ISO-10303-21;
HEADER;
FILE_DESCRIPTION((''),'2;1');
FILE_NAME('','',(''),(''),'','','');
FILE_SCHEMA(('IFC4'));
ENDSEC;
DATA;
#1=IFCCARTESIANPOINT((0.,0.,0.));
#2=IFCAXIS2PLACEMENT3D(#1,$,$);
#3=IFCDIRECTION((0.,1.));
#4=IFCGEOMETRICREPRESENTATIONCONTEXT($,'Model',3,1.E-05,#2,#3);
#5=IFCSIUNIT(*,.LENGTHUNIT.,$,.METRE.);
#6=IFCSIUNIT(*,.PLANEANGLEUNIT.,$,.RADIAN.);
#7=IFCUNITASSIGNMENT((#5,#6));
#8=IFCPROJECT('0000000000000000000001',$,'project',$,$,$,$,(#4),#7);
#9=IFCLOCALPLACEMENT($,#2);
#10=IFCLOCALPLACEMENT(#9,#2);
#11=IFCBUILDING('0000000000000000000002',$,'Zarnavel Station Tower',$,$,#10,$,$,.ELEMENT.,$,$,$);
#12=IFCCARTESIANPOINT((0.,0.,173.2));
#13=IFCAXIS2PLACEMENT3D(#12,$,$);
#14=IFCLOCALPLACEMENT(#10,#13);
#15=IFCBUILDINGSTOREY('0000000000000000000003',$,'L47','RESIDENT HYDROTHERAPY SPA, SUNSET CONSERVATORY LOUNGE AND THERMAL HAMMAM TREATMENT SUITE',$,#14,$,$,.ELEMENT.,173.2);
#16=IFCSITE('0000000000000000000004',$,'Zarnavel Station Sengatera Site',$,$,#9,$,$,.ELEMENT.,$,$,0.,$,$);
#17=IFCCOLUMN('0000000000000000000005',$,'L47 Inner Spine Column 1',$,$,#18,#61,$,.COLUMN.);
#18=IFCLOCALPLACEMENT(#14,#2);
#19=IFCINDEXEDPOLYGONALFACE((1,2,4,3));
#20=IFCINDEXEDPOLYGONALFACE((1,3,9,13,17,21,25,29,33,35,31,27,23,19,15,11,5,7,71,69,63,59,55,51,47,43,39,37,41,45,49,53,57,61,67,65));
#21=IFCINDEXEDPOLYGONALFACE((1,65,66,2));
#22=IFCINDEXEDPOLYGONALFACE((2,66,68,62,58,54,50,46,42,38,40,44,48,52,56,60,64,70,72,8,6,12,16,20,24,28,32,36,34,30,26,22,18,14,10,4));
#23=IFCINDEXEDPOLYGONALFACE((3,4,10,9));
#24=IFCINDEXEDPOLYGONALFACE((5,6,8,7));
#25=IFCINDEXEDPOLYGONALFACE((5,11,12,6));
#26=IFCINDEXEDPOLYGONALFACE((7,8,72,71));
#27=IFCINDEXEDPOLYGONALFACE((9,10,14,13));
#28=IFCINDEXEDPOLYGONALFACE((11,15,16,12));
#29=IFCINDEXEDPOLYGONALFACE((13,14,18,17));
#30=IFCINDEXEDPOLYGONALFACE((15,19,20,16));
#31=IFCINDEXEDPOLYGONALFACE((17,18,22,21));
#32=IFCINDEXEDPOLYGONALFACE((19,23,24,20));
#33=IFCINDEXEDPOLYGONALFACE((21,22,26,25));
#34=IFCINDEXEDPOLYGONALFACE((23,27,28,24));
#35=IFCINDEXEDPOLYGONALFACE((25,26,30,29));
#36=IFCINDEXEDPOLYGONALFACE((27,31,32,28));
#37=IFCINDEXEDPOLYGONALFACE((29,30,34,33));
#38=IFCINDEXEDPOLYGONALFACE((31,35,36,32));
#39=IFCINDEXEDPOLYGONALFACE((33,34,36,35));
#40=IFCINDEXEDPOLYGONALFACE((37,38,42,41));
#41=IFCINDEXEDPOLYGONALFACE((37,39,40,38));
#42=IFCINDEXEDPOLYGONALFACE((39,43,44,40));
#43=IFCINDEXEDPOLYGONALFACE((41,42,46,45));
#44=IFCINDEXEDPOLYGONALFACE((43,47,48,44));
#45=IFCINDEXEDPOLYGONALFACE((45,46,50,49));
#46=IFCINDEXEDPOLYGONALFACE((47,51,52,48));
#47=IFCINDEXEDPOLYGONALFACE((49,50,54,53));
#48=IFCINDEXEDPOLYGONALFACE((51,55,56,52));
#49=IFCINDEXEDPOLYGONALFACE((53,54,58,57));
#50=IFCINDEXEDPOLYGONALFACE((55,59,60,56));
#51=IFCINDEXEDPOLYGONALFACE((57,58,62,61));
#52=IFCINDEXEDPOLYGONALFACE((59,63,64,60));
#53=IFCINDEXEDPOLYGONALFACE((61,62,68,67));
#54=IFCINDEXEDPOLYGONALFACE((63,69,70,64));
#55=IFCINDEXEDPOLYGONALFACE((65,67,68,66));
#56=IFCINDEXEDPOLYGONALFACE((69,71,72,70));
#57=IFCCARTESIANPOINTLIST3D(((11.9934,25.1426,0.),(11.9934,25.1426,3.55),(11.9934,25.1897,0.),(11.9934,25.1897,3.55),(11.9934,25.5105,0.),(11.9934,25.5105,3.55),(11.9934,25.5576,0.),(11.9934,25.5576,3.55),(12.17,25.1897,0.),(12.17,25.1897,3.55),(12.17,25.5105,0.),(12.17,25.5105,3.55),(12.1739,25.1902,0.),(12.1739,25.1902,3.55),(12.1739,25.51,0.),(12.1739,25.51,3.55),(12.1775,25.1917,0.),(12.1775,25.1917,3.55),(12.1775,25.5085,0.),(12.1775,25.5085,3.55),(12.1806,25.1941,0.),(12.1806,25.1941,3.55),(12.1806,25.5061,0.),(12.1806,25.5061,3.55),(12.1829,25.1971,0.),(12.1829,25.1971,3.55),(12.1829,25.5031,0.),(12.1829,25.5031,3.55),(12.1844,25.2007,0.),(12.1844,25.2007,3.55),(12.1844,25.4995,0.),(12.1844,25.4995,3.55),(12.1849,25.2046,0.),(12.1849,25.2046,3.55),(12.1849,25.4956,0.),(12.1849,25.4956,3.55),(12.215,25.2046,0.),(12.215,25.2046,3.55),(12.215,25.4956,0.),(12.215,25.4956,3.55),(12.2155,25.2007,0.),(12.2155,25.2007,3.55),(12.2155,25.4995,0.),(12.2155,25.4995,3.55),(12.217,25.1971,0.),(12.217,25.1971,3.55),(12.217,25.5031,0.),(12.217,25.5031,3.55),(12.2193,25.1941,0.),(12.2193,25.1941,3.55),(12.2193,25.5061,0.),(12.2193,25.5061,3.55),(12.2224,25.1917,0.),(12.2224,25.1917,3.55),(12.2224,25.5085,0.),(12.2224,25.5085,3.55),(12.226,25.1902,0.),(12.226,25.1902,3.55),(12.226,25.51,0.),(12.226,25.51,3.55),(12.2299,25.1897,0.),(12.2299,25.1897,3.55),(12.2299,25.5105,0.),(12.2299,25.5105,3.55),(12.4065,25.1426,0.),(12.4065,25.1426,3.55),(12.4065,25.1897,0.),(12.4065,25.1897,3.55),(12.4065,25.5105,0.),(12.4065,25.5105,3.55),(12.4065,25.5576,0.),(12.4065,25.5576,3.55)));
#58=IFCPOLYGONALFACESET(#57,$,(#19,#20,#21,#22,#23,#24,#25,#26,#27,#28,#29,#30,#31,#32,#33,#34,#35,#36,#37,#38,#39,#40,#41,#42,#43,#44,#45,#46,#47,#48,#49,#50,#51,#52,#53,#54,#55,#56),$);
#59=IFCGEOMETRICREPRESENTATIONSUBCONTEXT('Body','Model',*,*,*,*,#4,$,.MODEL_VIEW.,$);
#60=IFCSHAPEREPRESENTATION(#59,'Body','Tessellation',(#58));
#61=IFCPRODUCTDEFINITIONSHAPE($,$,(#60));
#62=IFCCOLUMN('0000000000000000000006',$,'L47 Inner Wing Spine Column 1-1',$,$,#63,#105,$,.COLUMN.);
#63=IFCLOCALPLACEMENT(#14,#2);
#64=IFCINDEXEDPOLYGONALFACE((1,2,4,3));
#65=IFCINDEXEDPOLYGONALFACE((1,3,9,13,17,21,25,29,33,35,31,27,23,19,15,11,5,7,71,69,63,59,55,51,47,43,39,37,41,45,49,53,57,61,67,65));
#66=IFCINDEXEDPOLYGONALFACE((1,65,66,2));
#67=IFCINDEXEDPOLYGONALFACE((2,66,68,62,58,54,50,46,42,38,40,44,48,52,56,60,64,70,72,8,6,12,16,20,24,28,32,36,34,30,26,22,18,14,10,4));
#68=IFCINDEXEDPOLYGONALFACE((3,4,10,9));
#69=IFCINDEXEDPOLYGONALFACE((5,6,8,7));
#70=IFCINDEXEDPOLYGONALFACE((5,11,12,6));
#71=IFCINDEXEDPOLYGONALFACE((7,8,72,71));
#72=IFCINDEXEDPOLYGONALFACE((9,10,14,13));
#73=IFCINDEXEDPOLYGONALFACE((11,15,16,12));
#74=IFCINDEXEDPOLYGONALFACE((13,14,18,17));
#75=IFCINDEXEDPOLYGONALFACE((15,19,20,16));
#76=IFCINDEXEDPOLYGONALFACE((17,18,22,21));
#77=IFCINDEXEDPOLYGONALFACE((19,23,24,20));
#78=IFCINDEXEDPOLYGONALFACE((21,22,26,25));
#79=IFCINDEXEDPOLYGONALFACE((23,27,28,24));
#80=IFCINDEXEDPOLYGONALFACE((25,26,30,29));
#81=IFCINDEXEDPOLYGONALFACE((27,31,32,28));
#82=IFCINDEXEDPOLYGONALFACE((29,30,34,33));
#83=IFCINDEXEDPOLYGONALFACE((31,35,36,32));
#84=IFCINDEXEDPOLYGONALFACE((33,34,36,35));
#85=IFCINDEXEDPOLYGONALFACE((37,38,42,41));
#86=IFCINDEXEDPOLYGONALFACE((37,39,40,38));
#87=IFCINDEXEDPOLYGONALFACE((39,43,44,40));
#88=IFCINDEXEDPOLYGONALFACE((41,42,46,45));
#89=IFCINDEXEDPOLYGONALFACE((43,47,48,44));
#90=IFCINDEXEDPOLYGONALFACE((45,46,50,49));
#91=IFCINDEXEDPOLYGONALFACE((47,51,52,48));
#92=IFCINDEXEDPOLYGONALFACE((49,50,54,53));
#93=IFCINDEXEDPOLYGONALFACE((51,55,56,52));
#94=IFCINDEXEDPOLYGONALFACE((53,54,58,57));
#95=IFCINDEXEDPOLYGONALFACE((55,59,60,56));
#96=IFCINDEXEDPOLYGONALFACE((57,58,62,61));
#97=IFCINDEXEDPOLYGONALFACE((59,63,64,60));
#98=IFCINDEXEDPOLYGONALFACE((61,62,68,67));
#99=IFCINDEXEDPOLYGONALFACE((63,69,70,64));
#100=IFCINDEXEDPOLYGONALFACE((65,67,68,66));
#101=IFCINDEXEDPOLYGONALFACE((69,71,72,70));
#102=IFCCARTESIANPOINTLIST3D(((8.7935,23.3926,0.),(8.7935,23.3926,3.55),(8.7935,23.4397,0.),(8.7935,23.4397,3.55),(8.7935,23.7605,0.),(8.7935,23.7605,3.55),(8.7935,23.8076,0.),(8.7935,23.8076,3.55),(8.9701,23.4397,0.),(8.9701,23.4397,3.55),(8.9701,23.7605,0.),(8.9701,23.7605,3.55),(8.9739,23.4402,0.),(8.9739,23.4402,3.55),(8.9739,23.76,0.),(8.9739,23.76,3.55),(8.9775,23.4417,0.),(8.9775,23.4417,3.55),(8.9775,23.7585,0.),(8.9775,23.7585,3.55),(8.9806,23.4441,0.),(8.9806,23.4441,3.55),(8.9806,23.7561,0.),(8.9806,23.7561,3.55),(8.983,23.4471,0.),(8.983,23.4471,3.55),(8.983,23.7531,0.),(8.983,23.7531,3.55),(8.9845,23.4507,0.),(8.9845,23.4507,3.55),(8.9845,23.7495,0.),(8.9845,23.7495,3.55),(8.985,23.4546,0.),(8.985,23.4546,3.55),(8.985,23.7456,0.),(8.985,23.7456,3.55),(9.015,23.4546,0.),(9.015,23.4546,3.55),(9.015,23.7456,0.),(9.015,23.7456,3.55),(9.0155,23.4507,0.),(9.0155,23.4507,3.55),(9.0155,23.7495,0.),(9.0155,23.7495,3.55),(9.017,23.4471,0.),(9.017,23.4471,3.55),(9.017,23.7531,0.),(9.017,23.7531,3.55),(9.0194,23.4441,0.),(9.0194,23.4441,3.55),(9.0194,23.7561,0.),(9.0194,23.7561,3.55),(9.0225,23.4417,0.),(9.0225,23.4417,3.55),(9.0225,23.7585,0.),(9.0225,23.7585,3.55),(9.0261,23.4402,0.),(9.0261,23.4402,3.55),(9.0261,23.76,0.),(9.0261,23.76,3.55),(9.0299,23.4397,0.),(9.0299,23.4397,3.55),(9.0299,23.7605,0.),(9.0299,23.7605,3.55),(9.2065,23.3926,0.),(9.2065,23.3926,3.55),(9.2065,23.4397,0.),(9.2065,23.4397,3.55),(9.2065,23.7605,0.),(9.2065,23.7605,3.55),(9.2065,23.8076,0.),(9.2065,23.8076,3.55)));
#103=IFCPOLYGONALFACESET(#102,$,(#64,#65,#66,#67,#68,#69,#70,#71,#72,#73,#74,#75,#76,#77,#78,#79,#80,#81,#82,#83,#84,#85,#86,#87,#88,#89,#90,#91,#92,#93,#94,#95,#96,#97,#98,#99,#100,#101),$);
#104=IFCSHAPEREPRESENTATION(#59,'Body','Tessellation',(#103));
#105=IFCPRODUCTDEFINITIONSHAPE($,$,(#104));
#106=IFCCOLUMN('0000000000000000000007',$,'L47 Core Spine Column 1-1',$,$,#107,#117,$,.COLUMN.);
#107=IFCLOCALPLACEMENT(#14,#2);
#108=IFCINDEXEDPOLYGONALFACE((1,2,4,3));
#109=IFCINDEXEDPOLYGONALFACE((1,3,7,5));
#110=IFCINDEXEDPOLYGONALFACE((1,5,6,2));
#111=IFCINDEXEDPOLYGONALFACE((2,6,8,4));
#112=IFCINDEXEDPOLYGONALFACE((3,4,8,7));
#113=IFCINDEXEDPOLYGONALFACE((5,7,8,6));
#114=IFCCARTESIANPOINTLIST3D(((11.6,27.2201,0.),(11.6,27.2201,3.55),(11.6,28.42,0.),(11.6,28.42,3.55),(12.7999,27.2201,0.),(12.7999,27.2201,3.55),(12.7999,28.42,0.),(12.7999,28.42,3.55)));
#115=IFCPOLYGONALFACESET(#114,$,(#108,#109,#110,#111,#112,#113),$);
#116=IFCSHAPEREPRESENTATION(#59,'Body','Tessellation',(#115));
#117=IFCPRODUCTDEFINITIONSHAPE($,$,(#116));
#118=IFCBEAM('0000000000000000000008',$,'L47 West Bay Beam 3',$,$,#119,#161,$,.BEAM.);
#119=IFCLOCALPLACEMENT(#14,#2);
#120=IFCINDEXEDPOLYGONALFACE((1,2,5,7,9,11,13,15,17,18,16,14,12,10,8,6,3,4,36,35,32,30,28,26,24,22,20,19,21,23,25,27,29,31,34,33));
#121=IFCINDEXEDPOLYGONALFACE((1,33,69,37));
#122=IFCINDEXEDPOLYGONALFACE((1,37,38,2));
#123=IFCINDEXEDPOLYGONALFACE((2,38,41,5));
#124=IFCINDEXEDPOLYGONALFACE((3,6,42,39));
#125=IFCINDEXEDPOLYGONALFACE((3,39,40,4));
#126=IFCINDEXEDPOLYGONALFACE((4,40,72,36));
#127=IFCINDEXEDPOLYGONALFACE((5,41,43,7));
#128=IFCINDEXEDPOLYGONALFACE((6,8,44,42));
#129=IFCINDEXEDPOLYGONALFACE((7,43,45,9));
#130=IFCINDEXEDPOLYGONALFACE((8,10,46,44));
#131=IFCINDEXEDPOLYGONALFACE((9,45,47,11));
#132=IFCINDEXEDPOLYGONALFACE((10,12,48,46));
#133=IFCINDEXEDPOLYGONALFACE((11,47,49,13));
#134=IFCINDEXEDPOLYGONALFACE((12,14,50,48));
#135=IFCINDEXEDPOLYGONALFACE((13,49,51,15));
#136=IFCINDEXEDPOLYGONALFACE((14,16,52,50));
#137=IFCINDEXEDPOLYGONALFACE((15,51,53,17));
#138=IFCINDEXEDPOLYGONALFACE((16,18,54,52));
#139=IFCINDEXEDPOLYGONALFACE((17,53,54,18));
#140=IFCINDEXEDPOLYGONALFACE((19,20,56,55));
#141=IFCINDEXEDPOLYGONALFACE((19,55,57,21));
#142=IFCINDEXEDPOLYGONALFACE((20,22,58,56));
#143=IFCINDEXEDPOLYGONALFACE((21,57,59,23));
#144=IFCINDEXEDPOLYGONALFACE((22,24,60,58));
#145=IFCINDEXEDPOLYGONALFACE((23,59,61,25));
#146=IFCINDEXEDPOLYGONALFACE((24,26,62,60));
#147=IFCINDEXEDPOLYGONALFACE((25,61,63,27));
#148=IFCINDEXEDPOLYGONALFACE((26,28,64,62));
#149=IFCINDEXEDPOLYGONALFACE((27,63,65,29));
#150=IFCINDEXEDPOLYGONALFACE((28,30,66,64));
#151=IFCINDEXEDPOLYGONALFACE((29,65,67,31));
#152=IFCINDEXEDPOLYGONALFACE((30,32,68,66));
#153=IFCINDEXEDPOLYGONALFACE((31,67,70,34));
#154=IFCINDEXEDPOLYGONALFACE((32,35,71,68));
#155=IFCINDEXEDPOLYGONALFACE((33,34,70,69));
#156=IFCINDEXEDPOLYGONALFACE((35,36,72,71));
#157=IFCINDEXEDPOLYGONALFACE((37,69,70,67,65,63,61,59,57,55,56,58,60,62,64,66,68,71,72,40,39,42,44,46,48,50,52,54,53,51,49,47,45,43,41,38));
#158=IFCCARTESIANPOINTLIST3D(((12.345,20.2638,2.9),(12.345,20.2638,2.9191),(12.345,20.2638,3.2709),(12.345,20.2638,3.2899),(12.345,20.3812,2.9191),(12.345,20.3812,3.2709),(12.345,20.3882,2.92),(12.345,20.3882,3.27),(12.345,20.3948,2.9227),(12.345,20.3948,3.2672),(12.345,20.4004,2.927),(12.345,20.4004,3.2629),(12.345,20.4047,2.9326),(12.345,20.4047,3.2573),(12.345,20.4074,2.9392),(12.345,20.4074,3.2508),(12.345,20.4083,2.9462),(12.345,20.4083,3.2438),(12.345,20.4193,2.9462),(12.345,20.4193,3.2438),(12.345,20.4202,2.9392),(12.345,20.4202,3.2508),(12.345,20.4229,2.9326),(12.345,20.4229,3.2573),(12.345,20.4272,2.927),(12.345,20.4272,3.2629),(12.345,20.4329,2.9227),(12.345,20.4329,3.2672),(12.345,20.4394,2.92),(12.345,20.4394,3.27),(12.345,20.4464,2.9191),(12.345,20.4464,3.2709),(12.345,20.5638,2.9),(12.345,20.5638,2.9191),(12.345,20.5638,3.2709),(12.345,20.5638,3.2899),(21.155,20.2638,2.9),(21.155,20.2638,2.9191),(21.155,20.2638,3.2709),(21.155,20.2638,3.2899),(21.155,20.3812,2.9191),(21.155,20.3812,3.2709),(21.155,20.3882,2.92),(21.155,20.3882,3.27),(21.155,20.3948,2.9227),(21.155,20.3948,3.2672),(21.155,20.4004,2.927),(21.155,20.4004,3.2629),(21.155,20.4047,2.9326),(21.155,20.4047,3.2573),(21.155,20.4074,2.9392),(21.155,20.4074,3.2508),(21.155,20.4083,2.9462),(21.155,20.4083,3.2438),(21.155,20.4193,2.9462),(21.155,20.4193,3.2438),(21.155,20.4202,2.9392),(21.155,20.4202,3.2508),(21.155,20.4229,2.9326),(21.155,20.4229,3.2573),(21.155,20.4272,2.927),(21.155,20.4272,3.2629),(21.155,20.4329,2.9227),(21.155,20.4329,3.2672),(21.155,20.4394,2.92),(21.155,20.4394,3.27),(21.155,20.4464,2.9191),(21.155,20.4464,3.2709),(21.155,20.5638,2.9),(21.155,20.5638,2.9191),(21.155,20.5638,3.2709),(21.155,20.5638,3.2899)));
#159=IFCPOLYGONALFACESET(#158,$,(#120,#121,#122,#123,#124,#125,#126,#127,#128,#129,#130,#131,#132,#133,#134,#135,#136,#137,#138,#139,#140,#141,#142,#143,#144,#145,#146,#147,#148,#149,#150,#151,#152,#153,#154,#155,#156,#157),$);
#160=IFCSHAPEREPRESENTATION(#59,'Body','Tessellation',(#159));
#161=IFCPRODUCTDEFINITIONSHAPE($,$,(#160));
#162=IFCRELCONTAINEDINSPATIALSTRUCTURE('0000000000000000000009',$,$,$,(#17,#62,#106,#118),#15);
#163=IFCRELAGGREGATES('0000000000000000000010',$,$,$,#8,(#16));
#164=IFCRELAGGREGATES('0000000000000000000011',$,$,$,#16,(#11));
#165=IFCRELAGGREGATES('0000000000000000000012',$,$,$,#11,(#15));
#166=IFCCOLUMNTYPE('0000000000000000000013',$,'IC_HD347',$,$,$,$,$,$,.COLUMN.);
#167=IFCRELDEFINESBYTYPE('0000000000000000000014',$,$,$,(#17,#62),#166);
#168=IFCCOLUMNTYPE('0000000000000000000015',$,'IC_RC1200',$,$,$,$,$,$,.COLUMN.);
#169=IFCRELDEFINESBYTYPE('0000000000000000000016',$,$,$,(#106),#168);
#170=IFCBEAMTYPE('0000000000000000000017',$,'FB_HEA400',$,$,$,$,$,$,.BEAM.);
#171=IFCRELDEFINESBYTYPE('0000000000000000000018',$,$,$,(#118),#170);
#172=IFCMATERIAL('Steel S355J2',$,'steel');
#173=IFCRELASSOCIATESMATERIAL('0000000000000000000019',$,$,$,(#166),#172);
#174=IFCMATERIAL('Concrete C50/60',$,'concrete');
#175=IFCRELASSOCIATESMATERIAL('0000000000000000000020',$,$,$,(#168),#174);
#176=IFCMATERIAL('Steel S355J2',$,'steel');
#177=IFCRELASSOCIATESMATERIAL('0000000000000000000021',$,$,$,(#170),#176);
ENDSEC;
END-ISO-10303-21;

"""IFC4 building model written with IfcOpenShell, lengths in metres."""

from ifc_helpers import new_model, si_unit, direction, frame, origin, origin_2d, place, context, subcontext, project, spatial, rectangle, i_section, extrude, material, material_profile, profile_set, type_object, element, save


model = new_model("IFC4")

# Units and contexts
model_context = context("Model", 3, precision=1e-05, world=origin(), true_north=direction((0.0, 1.0)))
body_context = subcontext(model_context, "Body", "Model", "MODEL_VIEW")
ifc_project = project(units=[si_unit("LENGTHUNIT", "METRE"), si_unit("PLANEANGLEUNIT", "RADIAN")], contexts=[model_context])

# Site, building, storey
site_placement = place(None, origin())
site = spatial("IfcSite", under=ifc_project, at=site_placement, Name="Zarnavel Station Sengatera Site", CompositionType="ELEMENT", RefElevation=0.0)
building_placement = place(site_placement, origin())
building = spatial("IfcBuilding", under=site, at=building_placement, Name="Zarnavel Station Tower", CompositionType="ELEMENT")
storey_placement = place(building_placement, frame((0.0, 0.0, 173.2)))
storey = spatial("IfcBuildingStorey", under=building, at=storey_placement, Name="L47", Description="RESIDENT HYDROTHERAPY SPA, SUNSET CONSERVATORY LOUNGE AND THERMAL HAMMAM TREATMENT SUITE", CompositionType="ELEMENT", Elevation=173.2)

# Columns
ifc_material_1 = material(Name="Steel S355J2", Category="steel")
ifc_material_profile_1 = material_profile(ifc_material_1, i_section(OverallWidth=0.4131, OverallDepth=0.415, WebThickness=0.03, FlangeThickness=0.0471, FilletRadius=0.0149, at=origin_2d()), Name="HD400x347")
ifc_profile_set_1 = profile_set([ifc_material_profile_1], Name="Steel S355J2")
column_type_1 = type_object("IfcColumnType", Name="IC_HD347", PredefinedType="COLUMN", material=ifc_profile_set_1)
for number, where, z_axis, x_axis, name in (
    (1, (12.2, 25.3501, 0.0), (0.0, 0.0, 1.0), (1.0, 0.0, 0.0), "L47 Inner Spine Column 1"),
    (2, (9.0, 23.6001, 0.0), (0.0, 0.0, 1.0), (1.0, 0.0, 0.0), "L47 Inner Wing Spine Column 1-1"),
):
    element("IfcColumn", number, at=place(storey_placement, frame(where, z_axis=z_axis, x_axis=x_axis)), inside=storey, type_object=column_type_1, Name=name, PredefinedType="COLUMN", context=body_context, shape_type="SweptSolid", body=[
        extrude(i_section(OverallWidth=0.4131, OverallDepth=0.415, WebThickness=0.03, FlangeThickness=0.0471, FilletRadius=0.0149, at=origin_2d()), origin(), (0.0, 0.0, 1.0), 3.55),
    ])
ifc_material_2 = material(Name="Concrete C50/60", Category="concrete")
ifc_material_profile_2 = material_profile(ifc_material_2, rectangle(XDim=1.2, YDim=1.2, at=origin_2d()), Name="RC1200x1200")
ifc_profile_set_2 = profile_set([ifc_material_profile_2], Name="Concrete C50/60")
column_type_2 = type_object("IfcColumnType", Name="IC_RC1200", PredefinedType="COLUMN", material=ifc_profile_set_2)
column_placement = place(storey_placement, frame((12.2, 27.8201, 0.0), z_axis=(0.0, 0.0, 1.0), x_axis=(1.0, 0.0, 0.0)))
element("IfcColumn", 3, at=column_placement, inside=storey, type_object=column_type_2, Name="L47 Core Spine Column 1-1", PredefinedType="COLUMN", context=body_context, shape_type="SweptSolid", body=[
    extrude(rectangle(XDim=1.2, YDim=1.2, at=origin_2d()), origin(), (0.0, 0.0, 1.0), 3.55),
])

# Beam
ifc_material_3 = material(Name="Steel S355J2", Category="steel")
ifc_material_profile_3 = material_profile(ifc_material_3, i_section(OverallWidth=0.3, OverallDepth=0.3899, WebThickness=0.011, FlangeThickness=0.019, FilletRadius=0.0271, at=origin_2d()), Name="HEA400")
ifc_profile_set_3 = profile_set([ifc_material_profile_3], Name="Steel S355J2")
beam_type_1 = type_object("IfcBeamType", Name="FB_HEA400", PredefinedType="BEAM", material=ifc_profile_set_3)
beam_1_placement = place(storey_placement, frame((12.345, 20.4138, 3.095), z_axis=(1.0, 0.0, 0.0), x_axis=(0.0, 1.0, 0.0)))
element("IfcBeam", 4, at=beam_1_placement, inside=storey, type_object=beam_type_1, Name="L47 West Bay Beam 3", PredefinedType="BEAM", context=body_context, shape_type="SweptSolid", body=[
    extrude(i_section(OverallWidth=0.3, OverallDepth=0.3899, WebThickness=0.011, FlangeThickness=0.019, FilletRadius=0.0271, at=origin_2d()), origin(), (0.0, 0.0, 1.0), 8.8101),
])

save(model, "model.ifc")
